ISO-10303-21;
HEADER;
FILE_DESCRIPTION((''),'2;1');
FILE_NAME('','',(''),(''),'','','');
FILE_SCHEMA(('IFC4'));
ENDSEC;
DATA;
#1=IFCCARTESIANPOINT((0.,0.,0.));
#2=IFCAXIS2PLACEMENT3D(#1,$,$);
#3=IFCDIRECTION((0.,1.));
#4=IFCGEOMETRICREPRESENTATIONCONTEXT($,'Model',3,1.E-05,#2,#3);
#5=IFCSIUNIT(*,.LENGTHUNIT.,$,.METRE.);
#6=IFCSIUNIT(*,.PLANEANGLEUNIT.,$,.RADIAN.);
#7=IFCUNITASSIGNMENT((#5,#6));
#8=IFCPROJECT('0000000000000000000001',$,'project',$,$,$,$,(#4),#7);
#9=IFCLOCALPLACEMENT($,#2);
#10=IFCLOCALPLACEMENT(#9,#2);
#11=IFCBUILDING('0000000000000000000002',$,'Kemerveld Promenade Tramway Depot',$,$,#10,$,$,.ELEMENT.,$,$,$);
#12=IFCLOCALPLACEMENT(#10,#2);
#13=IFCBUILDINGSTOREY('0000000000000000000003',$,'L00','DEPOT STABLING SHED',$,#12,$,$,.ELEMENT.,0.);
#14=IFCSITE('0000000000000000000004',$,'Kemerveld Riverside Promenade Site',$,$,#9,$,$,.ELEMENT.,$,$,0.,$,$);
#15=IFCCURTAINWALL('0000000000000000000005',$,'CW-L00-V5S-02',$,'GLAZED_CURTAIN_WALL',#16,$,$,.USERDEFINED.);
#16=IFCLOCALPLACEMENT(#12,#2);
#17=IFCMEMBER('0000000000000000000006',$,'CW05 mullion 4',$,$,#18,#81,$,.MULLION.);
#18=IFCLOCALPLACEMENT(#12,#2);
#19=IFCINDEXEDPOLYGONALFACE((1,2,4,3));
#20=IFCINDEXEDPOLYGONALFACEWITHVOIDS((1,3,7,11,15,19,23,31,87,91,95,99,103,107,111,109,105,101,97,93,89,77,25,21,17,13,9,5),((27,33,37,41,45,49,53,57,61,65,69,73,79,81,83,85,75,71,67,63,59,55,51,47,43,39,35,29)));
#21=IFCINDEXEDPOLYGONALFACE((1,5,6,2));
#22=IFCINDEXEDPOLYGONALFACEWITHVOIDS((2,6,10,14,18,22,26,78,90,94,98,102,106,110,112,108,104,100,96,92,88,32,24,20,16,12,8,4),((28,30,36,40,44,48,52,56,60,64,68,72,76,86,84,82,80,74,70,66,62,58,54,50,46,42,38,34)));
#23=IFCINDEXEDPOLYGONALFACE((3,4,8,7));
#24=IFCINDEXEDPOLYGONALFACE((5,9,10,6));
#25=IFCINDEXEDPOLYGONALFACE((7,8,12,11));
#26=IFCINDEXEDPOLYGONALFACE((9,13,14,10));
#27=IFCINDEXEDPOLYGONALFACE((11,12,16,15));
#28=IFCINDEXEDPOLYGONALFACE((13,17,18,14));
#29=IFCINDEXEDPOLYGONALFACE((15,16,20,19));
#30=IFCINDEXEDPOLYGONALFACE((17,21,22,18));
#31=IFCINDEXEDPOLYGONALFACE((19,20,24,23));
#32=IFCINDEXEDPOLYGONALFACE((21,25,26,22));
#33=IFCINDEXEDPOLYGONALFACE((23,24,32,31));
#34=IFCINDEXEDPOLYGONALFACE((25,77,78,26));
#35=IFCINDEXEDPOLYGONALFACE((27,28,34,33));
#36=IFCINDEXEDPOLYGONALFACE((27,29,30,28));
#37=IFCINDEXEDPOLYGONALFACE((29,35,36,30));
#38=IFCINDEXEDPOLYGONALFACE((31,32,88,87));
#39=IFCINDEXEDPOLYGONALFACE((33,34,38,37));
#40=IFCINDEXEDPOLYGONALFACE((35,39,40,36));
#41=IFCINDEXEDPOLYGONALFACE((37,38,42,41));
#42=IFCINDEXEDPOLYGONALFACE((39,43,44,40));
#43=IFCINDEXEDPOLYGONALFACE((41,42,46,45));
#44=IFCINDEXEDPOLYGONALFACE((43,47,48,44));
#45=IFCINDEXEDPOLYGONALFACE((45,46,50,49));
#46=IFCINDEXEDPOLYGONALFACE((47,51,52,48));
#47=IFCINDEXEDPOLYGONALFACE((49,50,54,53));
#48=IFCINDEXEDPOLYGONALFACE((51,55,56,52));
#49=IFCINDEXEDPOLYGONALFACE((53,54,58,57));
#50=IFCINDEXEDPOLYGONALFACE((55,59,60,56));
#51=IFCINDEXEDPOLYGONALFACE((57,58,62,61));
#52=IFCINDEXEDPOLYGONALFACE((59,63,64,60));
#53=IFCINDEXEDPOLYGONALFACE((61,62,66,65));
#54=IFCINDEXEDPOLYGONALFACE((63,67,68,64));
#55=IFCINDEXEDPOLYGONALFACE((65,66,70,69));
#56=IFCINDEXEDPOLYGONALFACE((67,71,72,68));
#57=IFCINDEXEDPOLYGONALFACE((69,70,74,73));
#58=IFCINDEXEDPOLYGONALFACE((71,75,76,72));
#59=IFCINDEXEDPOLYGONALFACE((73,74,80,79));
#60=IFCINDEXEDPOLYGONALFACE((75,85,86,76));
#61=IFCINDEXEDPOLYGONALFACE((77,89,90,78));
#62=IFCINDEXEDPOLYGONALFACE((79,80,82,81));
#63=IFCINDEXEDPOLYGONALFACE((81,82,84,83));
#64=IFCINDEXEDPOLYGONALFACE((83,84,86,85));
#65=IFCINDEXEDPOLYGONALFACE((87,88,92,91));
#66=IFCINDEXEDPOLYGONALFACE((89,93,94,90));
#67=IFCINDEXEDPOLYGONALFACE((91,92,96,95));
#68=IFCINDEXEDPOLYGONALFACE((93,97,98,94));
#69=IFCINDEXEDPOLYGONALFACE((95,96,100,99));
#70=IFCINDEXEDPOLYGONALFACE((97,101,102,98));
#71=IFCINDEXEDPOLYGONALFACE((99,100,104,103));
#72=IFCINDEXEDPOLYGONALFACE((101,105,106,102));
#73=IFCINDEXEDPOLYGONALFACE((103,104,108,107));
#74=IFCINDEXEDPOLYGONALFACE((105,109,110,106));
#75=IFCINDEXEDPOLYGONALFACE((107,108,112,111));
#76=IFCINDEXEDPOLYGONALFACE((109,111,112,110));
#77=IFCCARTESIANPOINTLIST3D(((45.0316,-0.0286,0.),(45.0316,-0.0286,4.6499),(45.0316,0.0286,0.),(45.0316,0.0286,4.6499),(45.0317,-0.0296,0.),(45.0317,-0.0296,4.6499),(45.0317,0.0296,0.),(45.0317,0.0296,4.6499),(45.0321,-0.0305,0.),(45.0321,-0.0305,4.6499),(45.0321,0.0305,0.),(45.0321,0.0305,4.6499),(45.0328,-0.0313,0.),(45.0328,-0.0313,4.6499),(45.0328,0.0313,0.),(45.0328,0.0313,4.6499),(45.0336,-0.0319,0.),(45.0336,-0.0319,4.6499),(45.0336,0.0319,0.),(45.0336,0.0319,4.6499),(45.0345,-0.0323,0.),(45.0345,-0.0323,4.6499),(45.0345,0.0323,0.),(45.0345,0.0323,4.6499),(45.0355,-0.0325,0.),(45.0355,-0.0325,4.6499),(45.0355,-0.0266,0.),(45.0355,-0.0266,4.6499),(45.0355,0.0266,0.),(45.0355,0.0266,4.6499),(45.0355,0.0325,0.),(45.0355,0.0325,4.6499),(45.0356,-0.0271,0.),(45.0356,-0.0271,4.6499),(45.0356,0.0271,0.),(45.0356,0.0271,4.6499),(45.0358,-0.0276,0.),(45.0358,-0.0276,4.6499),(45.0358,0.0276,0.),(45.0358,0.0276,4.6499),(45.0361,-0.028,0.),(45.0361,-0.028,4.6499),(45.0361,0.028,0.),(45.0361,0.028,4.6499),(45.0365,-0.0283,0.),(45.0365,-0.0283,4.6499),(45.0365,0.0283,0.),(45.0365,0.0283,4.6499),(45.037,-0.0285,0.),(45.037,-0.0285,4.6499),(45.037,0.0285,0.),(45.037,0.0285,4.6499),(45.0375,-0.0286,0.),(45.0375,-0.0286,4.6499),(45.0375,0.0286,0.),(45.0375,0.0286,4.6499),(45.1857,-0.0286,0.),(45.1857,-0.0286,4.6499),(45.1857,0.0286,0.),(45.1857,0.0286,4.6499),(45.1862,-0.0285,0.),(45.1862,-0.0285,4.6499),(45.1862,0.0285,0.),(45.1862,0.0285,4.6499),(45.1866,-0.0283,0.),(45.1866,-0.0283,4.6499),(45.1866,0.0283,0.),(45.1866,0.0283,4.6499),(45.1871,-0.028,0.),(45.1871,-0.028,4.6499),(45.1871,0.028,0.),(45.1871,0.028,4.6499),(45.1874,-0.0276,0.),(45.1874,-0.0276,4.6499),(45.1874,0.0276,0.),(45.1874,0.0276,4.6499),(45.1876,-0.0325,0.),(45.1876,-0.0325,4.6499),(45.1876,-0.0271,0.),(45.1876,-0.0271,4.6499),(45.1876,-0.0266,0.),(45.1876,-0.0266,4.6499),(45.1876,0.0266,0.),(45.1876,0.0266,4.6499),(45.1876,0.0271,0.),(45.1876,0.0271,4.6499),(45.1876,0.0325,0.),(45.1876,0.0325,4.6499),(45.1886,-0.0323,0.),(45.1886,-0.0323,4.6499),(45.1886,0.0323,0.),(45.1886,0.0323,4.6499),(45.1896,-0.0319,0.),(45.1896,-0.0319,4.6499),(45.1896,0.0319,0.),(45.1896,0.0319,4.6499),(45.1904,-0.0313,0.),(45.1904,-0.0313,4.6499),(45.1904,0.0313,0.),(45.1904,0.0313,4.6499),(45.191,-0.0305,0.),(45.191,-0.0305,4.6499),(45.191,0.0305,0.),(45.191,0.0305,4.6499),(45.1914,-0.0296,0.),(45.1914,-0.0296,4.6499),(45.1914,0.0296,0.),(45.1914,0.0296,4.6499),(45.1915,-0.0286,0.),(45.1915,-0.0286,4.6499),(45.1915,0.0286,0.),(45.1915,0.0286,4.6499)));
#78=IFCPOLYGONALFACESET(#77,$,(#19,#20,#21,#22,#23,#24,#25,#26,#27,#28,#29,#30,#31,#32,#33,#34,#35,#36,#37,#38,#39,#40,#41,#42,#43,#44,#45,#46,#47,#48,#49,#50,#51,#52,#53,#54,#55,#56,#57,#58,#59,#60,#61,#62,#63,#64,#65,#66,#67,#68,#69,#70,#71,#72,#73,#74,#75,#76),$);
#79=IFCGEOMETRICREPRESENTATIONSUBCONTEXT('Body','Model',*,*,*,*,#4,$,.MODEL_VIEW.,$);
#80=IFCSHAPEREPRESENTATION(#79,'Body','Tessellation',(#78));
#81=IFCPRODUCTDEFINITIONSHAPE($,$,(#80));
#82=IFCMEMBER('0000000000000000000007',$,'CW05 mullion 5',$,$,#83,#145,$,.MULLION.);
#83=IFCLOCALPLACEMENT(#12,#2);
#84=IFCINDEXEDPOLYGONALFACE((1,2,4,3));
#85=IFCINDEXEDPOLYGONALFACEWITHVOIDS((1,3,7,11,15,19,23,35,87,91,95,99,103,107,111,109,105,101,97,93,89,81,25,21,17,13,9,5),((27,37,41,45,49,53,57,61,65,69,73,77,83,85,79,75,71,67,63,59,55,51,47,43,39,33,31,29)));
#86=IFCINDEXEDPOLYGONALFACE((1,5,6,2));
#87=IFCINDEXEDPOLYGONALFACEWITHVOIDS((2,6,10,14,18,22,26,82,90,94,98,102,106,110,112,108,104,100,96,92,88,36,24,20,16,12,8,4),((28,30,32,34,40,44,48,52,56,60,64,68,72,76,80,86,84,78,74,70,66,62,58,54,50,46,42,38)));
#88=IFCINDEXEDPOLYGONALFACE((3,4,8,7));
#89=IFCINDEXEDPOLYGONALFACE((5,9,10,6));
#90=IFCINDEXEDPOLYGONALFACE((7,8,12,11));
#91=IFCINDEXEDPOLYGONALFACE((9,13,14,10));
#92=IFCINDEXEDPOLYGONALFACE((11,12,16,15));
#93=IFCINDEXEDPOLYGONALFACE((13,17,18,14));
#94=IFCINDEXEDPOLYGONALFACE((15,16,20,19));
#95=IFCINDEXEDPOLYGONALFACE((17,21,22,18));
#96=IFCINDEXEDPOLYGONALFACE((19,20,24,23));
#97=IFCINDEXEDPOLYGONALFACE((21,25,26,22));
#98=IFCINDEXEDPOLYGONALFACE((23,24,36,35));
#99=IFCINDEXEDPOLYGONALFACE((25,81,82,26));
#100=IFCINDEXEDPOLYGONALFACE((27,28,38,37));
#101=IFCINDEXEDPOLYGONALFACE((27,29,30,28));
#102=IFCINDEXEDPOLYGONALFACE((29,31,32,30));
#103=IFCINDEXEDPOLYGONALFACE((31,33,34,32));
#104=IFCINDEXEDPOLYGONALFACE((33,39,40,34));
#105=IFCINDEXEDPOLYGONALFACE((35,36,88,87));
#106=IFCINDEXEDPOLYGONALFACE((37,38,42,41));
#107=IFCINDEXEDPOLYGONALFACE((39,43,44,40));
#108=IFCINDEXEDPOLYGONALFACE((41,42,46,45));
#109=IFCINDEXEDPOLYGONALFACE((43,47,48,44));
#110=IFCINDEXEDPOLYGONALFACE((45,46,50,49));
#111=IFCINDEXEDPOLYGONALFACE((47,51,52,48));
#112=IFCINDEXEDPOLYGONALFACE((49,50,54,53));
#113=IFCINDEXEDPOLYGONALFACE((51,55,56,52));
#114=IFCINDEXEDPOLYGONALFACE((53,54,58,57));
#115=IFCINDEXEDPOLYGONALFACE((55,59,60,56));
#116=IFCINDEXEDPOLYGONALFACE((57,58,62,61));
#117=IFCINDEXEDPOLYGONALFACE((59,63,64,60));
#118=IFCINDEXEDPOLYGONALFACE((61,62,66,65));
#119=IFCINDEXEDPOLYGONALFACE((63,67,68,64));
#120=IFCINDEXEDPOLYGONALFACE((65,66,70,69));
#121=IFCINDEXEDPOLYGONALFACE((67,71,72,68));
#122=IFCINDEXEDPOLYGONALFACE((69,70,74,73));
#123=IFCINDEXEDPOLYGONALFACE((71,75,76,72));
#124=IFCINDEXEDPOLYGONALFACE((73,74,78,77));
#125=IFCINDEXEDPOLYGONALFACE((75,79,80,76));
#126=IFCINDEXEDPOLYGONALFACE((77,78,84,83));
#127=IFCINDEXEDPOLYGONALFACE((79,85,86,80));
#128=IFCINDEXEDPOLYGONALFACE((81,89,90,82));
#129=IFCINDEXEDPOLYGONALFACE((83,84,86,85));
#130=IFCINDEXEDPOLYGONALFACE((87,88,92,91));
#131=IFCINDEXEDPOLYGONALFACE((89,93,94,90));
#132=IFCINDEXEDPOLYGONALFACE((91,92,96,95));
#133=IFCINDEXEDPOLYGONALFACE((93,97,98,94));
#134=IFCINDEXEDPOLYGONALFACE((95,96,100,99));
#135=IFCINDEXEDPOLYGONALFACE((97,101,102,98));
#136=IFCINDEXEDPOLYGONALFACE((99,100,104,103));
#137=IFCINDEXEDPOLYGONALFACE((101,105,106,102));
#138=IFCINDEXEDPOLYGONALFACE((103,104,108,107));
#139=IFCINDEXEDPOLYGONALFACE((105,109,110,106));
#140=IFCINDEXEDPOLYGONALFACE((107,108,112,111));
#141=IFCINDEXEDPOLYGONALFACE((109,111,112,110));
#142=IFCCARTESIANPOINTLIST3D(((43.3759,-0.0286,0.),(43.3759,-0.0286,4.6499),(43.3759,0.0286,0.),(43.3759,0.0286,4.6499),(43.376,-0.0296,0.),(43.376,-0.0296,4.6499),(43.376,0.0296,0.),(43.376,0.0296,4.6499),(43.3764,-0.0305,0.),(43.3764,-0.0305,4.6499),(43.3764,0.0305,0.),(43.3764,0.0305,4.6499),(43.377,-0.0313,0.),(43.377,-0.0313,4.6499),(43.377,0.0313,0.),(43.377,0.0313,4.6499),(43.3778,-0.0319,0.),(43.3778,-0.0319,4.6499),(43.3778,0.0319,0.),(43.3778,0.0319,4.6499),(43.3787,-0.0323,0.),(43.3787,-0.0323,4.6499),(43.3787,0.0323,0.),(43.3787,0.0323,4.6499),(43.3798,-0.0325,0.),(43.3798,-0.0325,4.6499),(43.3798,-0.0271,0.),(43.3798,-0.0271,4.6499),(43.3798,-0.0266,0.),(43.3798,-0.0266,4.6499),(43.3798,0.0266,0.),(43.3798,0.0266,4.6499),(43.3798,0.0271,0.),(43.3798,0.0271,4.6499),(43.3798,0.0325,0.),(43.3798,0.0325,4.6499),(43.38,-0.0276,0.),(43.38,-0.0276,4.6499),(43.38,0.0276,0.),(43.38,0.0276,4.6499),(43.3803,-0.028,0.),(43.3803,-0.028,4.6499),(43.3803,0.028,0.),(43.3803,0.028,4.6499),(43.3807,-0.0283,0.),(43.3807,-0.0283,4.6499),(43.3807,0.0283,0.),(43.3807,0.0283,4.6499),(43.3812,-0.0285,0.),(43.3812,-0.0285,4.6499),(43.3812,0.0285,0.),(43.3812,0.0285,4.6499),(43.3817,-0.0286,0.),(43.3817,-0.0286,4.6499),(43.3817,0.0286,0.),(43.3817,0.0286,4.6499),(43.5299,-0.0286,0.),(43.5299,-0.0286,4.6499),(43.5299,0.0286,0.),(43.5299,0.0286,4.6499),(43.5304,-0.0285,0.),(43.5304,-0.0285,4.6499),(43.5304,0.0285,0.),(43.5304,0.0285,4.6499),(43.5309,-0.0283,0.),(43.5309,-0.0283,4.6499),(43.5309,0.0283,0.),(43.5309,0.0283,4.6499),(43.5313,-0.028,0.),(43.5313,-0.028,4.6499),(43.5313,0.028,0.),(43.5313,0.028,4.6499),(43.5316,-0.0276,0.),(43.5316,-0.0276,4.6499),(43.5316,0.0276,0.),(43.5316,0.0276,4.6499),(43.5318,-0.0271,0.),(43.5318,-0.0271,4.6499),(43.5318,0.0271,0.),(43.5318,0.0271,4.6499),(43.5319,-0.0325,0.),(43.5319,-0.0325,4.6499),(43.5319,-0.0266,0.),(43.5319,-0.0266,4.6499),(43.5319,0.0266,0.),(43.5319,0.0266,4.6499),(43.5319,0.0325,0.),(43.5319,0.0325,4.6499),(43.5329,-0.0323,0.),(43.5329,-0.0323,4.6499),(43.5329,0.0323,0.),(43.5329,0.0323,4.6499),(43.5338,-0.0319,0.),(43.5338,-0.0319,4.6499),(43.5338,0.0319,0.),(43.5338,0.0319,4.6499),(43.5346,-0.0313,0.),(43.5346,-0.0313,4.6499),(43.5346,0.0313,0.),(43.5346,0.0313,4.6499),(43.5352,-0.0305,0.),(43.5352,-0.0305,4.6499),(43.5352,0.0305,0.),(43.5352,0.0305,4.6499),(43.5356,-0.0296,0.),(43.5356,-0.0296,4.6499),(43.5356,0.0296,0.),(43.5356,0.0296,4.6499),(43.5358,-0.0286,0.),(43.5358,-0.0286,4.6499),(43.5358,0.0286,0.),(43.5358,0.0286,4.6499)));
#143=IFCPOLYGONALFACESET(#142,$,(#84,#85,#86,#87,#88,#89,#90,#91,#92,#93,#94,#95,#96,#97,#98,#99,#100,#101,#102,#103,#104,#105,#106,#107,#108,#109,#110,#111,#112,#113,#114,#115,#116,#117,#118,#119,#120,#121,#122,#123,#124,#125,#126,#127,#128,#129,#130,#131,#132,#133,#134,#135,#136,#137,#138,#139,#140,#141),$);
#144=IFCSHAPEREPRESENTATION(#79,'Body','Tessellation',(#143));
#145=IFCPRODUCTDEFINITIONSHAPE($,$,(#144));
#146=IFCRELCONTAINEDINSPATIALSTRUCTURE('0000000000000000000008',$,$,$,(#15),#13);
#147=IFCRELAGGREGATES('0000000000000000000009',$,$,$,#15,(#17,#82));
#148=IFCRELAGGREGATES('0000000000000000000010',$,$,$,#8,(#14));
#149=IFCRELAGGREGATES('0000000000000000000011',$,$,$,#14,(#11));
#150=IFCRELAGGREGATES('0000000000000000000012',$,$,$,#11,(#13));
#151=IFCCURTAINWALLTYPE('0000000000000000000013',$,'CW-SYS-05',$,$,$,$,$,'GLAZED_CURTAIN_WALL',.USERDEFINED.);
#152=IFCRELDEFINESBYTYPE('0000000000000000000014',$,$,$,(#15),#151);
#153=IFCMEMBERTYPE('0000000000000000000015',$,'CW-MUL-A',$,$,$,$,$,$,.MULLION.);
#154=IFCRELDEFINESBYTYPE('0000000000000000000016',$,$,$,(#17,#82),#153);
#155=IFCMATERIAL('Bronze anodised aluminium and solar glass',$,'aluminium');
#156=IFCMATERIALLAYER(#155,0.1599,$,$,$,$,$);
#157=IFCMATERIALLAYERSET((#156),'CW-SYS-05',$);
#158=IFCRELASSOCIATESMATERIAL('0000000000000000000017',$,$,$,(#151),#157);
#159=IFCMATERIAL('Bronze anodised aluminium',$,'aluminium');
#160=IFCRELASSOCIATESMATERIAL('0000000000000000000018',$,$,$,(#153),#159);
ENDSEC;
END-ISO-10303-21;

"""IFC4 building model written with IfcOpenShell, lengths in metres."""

from ifc_helpers import new_model, si_unit, direction, frame, origin, origin_2d, place, context, subcontext, project, spatial, hollow_rectangle, extrude, material, layer, layer_set, material_profile, profile_set, type_object, element, aggregate, save


model = new_model("IFC4")

# Units and contexts
model_context = context("Model", 3, precision=1e-05, world=origin(), true_north=direction((0.0, 1.0)))
body_context = subcontext(model_context, "Body", "Model", "MODEL_VIEW")
ifc_project = project(units=[si_unit("LENGTHUNIT", "METRE"), si_unit("PLANEANGLEUNIT", "RADIAN")], contexts=[model_context])

# Site, building, storey
site_placement = place(None, origin())
site = spatial("IfcSite", under=ifc_project, at=site_placement, Name="Kemerveld Riverside Promenade Site", CompositionType="ELEMENT", RefElevation=0.0)
building_placement = place(site_placement, origin())
building = spatial("IfcBuilding", under=site, at=building_placement, Name="Kemerveld Promenade Tramway Depot", CompositionType="ELEMENT")
storey_placement = place(building_placement, origin())
storey = spatial("IfcBuildingStorey", under=building, at=storey_placement, Name="L00", Description="DEPOT STABLING SHED", CompositionType="ELEMENT", Elevation=0.0)

# Curtain wall, members
ifc_material_1 = material(Name="Bronze anodised aluminium and solar glass", Category="aluminium")
ifc_layer_1 = layer(ifc_material_1, 0.1599)
ifc_layer_set_1 = layer_set([ifc_layer_1], Name="CW-SYS-05")
curtain_wall_type_1 = type_object("IfcCurtainWallType", Name="CW-SYS-05", ElementType="GLAZED_CURTAIN_WALL", PredefinedType="USERDEFINED", material=ifc_layer_set_1)
curtain_wall_1_placement = place(storey_placement, origin())
curtain_wall_1 = element("IfcCurtainWall", 1, at=curtain_wall_1_placement, inside=storey, type_object=curtain_wall_type_1, Name="CW-L00-V5S-02", ObjectType="GLAZED_CURTAIN_WALL", PredefinedType="USERDEFINED")
ifc_material_2 = material(Name="Bronze anodised aluminium", Category="aluminium")
ifc_material_profile_1 = material_profile(ifc_material_2, hollow_rectangle(XDim=0.0649, YDim=0.1599, WallThickness=0.0039, InnerFilletRadius=0.002, OuterFilletRadius=0.0039, at=origin_2d()), Name="CW-MUL-160x65")
ifc_profile_set_1 = profile_set([ifc_material_profile_1], Name="Bronze anodised aluminium")
member_type_1 = type_object("IfcMemberType", Name="CW-MUL-A", PredefinedType="MULLION", material=ifc_profile_set_1)
member_1_placement = place(storey_placement, frame((45.1116, 0.0, 0.0), z_axis=(0.0, 0.0, 1.0), x_axis=(0.0, -1.0, 0.0)))
member_1 = element("IfcMember", 2, at=member_1_placement, type_object=member_type_1, Name="CW05 mullion 4", PredefinedType="MULLION", context=body_context, shape_type="SweptSolid", body=[
    extrude(hollow_rectangle(XDim=0.0649, YDim=0.1599, WallThickness=0.0039, InnerFilletRadius=0.002, OuterFilletRadius=0.0039, at=origin_2d()), origin(), (0.0, 0.0, 1.0), 4.6499),
])
member_2_placement = place(storey_placement, frame((43.4558, 0.0, 0.0), z_axis=(0.0, 0.0, 1.0), x_axis=(0.0, -1.0, 0.0)))
member_2 = element("IfcMember", 3, at=member_2_placement, type_object=member_type_1, Name="CW05 mullion 5", PredefinedType="MULLION", context=body_context, shape_type="SweptSolid", body=[
    extrude(hollow_rectangle(XDim=0.0649, YDim=0.1599, WallThickness=0.0039, InnerFilletRadius=0.002, OuterFilletRadius=0.0039, at=origin_2d()), origin(), (0.0, 0.0, 1.0), 4.6499),
])

aggregate(curtain_wall_1, [member_1, member_2])

save(model, "model.ifc")
